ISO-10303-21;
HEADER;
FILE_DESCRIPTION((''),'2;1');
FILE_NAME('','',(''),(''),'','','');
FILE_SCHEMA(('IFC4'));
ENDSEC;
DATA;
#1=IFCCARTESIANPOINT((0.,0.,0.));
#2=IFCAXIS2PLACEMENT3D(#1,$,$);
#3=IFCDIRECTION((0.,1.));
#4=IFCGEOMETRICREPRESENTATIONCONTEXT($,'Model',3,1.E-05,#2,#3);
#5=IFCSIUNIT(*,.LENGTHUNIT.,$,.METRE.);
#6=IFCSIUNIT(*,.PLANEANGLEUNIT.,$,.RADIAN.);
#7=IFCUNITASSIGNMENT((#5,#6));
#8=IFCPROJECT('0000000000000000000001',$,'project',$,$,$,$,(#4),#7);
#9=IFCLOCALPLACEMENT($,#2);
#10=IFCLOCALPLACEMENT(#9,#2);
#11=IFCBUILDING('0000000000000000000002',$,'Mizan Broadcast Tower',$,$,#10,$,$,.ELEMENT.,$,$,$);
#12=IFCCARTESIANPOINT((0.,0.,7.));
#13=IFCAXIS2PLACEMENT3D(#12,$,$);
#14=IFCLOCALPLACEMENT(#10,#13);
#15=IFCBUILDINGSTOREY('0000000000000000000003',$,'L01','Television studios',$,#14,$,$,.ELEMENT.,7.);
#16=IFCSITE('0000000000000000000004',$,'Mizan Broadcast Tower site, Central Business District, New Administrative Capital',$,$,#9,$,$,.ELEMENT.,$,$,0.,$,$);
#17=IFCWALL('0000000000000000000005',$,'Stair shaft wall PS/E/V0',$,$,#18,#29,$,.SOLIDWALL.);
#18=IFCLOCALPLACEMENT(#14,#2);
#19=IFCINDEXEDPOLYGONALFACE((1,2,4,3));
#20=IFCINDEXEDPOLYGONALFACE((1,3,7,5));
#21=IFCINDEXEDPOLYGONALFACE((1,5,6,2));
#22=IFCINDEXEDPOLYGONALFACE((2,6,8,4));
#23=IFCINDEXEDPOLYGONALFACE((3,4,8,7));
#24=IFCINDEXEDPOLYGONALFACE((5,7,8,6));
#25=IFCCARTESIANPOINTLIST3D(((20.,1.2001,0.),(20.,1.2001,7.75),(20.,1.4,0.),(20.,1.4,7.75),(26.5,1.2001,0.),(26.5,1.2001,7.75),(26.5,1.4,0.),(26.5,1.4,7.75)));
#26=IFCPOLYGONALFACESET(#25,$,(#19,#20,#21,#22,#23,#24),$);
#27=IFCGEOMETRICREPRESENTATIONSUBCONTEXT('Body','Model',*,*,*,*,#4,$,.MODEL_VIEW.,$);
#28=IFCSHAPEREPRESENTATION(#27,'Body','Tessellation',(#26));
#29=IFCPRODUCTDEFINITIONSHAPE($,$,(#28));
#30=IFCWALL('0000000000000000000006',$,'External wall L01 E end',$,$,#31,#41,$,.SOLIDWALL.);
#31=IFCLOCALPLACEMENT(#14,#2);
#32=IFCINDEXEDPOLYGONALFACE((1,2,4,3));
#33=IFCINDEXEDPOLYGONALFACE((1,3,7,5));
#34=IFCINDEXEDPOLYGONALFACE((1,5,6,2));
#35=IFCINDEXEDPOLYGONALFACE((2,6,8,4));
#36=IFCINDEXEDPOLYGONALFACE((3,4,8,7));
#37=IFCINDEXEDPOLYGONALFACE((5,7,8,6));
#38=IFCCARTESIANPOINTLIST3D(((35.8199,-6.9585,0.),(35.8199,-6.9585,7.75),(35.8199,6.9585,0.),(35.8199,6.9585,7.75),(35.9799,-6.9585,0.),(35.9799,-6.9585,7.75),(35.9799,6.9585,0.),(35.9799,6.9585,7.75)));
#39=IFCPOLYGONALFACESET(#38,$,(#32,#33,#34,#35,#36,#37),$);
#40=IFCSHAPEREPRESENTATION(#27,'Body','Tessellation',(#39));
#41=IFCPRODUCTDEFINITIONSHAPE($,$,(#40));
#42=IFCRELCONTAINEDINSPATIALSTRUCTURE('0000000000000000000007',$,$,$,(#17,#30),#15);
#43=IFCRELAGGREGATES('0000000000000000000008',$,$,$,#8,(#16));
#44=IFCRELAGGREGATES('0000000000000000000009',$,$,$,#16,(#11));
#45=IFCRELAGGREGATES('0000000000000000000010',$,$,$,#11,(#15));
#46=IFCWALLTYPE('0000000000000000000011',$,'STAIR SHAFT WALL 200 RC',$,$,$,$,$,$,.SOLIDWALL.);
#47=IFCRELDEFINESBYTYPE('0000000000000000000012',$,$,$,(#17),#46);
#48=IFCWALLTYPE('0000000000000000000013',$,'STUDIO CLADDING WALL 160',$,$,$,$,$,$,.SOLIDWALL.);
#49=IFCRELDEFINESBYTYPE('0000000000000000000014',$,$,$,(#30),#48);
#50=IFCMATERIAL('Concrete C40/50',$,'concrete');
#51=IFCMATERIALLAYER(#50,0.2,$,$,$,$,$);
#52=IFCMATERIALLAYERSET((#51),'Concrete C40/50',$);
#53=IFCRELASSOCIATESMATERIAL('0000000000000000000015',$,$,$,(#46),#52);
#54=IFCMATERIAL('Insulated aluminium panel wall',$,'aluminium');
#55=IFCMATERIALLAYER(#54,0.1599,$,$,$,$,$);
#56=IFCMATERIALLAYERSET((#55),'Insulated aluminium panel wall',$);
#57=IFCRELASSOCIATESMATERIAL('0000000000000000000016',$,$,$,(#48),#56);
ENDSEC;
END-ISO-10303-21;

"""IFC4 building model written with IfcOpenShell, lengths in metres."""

from ifc_helpers import new_model, si_unit, direction, frame, frame_2d, origin, place, context, subcontext, project, spatial, rectangle, extrude, material, layer, layer_set, type_object, element, save


model = new_model("IFC4")

# Units and contexts
model_context = context("Model", 3, precision=1e-05, world=origin(), true_north=direction((0.0, 1.0)))
body_context = subcontext(model_context, "Body", "Model", "MODEL_VIEW")
ifc_project = project(units=[si_unit("LENGTHUNIT", "METRE"), si_unit("PLANEANGLEUNIT", "RADIAN")], contexts=[model_context])

# Site, building, storey
site_placement = place(None, origin())
site = spatial("IfcSite", under=ifc_project, at=site_placement, Name="Mizan Broadcast Tower site, Central Business District, New Administrative Capital", CompositionType="ELEMENT", RefElevation=0.0)
building_placement = place(site_placement, origin())
building = spatial("IfcBuilding", under=site, at=building_placement, Name="Mizan Broadcast Tower", CompositionType="ELEMENT")
storey_placement = place(building_placement, frame((0.0, 0.0, 7.0)))
storey = spatial("IfcBuildingStorey", under=building, at=storey_placement, Name="L01", Description="Television studios", CompositionType="ELEMENT", Elevation=7.0)

# Walls
ifc_material_1 = material(Name="Concrete C40/50", Category="concrete")
ifc_layer_1 = layer(ifc_material_1, 0.2)
ifc_layer_set_1 = layer_set([ifc_layer_1], Name="Concrete C40/50")
wall_type_1 = type_object("IfcWallType", Name="STAIR SHAFT WALL 200 RC", PredefinedType="SOLIDWALL", material=ifc_layer_set_1)
wall_1_placement = place(storey_placement, frame((20.0, 1.3, 0.0), z_axis=(0.0, 0.0, 1.0), x_axis=(1.0, 0.0, 0.0)))
element("IfcWall", 1, at=wall_1_placement, inside=storey, type_object=wall_type_1, Name="Stair shaft wall PS/E/V0", PredefinedType="SOLIDWALL", context=body_context, shape_type="SweptSolid", body=[
    extrude(rectangle(XDim=6.5, YDim=0.2, at=frame_2d((3.25, 0.0))), origin(), (0.0, 0.0, 1.0), 7.75),
])
ifc_material_2 = material(Name="Insulated aluminium panel wall", Category="aluminium")
ifc_layer_2 = layer(ifc_material_2, 0.1599)
ifc_layer_set_2 = layer_set([ifc_layer_2], Name="Insulated aluminium panel wall")
wall_type_2 = type_object("IfcWallType", Name="STUDIO CLADDING WALL 160", PredefinedType="SOLIDWALL", material=ifc_layer_set_2)
wall_2_placement = place(storey_placement, frame((35.8999, -6.9585, 0.0), z_axis=(0.0, 0.0, 1.0), x_axis=(0.0, 1.0, 0.0)))
element("IfcWall", 2, at=wall_2_placement, inside=storey, type_object=wall_type_2, Name="External wall L01 E end", PredefinedType="SOLIDWALL", context=body_context, shape_type="SweptSolid", body=[
    extrude(rectangle(XDim=13.917, YDim=0.1599, at=frame_2d((6.9585, 0.0))), origin(), (0.0, 0.0, 1.0), 7.75),
])

save(model, "model.ifc")
